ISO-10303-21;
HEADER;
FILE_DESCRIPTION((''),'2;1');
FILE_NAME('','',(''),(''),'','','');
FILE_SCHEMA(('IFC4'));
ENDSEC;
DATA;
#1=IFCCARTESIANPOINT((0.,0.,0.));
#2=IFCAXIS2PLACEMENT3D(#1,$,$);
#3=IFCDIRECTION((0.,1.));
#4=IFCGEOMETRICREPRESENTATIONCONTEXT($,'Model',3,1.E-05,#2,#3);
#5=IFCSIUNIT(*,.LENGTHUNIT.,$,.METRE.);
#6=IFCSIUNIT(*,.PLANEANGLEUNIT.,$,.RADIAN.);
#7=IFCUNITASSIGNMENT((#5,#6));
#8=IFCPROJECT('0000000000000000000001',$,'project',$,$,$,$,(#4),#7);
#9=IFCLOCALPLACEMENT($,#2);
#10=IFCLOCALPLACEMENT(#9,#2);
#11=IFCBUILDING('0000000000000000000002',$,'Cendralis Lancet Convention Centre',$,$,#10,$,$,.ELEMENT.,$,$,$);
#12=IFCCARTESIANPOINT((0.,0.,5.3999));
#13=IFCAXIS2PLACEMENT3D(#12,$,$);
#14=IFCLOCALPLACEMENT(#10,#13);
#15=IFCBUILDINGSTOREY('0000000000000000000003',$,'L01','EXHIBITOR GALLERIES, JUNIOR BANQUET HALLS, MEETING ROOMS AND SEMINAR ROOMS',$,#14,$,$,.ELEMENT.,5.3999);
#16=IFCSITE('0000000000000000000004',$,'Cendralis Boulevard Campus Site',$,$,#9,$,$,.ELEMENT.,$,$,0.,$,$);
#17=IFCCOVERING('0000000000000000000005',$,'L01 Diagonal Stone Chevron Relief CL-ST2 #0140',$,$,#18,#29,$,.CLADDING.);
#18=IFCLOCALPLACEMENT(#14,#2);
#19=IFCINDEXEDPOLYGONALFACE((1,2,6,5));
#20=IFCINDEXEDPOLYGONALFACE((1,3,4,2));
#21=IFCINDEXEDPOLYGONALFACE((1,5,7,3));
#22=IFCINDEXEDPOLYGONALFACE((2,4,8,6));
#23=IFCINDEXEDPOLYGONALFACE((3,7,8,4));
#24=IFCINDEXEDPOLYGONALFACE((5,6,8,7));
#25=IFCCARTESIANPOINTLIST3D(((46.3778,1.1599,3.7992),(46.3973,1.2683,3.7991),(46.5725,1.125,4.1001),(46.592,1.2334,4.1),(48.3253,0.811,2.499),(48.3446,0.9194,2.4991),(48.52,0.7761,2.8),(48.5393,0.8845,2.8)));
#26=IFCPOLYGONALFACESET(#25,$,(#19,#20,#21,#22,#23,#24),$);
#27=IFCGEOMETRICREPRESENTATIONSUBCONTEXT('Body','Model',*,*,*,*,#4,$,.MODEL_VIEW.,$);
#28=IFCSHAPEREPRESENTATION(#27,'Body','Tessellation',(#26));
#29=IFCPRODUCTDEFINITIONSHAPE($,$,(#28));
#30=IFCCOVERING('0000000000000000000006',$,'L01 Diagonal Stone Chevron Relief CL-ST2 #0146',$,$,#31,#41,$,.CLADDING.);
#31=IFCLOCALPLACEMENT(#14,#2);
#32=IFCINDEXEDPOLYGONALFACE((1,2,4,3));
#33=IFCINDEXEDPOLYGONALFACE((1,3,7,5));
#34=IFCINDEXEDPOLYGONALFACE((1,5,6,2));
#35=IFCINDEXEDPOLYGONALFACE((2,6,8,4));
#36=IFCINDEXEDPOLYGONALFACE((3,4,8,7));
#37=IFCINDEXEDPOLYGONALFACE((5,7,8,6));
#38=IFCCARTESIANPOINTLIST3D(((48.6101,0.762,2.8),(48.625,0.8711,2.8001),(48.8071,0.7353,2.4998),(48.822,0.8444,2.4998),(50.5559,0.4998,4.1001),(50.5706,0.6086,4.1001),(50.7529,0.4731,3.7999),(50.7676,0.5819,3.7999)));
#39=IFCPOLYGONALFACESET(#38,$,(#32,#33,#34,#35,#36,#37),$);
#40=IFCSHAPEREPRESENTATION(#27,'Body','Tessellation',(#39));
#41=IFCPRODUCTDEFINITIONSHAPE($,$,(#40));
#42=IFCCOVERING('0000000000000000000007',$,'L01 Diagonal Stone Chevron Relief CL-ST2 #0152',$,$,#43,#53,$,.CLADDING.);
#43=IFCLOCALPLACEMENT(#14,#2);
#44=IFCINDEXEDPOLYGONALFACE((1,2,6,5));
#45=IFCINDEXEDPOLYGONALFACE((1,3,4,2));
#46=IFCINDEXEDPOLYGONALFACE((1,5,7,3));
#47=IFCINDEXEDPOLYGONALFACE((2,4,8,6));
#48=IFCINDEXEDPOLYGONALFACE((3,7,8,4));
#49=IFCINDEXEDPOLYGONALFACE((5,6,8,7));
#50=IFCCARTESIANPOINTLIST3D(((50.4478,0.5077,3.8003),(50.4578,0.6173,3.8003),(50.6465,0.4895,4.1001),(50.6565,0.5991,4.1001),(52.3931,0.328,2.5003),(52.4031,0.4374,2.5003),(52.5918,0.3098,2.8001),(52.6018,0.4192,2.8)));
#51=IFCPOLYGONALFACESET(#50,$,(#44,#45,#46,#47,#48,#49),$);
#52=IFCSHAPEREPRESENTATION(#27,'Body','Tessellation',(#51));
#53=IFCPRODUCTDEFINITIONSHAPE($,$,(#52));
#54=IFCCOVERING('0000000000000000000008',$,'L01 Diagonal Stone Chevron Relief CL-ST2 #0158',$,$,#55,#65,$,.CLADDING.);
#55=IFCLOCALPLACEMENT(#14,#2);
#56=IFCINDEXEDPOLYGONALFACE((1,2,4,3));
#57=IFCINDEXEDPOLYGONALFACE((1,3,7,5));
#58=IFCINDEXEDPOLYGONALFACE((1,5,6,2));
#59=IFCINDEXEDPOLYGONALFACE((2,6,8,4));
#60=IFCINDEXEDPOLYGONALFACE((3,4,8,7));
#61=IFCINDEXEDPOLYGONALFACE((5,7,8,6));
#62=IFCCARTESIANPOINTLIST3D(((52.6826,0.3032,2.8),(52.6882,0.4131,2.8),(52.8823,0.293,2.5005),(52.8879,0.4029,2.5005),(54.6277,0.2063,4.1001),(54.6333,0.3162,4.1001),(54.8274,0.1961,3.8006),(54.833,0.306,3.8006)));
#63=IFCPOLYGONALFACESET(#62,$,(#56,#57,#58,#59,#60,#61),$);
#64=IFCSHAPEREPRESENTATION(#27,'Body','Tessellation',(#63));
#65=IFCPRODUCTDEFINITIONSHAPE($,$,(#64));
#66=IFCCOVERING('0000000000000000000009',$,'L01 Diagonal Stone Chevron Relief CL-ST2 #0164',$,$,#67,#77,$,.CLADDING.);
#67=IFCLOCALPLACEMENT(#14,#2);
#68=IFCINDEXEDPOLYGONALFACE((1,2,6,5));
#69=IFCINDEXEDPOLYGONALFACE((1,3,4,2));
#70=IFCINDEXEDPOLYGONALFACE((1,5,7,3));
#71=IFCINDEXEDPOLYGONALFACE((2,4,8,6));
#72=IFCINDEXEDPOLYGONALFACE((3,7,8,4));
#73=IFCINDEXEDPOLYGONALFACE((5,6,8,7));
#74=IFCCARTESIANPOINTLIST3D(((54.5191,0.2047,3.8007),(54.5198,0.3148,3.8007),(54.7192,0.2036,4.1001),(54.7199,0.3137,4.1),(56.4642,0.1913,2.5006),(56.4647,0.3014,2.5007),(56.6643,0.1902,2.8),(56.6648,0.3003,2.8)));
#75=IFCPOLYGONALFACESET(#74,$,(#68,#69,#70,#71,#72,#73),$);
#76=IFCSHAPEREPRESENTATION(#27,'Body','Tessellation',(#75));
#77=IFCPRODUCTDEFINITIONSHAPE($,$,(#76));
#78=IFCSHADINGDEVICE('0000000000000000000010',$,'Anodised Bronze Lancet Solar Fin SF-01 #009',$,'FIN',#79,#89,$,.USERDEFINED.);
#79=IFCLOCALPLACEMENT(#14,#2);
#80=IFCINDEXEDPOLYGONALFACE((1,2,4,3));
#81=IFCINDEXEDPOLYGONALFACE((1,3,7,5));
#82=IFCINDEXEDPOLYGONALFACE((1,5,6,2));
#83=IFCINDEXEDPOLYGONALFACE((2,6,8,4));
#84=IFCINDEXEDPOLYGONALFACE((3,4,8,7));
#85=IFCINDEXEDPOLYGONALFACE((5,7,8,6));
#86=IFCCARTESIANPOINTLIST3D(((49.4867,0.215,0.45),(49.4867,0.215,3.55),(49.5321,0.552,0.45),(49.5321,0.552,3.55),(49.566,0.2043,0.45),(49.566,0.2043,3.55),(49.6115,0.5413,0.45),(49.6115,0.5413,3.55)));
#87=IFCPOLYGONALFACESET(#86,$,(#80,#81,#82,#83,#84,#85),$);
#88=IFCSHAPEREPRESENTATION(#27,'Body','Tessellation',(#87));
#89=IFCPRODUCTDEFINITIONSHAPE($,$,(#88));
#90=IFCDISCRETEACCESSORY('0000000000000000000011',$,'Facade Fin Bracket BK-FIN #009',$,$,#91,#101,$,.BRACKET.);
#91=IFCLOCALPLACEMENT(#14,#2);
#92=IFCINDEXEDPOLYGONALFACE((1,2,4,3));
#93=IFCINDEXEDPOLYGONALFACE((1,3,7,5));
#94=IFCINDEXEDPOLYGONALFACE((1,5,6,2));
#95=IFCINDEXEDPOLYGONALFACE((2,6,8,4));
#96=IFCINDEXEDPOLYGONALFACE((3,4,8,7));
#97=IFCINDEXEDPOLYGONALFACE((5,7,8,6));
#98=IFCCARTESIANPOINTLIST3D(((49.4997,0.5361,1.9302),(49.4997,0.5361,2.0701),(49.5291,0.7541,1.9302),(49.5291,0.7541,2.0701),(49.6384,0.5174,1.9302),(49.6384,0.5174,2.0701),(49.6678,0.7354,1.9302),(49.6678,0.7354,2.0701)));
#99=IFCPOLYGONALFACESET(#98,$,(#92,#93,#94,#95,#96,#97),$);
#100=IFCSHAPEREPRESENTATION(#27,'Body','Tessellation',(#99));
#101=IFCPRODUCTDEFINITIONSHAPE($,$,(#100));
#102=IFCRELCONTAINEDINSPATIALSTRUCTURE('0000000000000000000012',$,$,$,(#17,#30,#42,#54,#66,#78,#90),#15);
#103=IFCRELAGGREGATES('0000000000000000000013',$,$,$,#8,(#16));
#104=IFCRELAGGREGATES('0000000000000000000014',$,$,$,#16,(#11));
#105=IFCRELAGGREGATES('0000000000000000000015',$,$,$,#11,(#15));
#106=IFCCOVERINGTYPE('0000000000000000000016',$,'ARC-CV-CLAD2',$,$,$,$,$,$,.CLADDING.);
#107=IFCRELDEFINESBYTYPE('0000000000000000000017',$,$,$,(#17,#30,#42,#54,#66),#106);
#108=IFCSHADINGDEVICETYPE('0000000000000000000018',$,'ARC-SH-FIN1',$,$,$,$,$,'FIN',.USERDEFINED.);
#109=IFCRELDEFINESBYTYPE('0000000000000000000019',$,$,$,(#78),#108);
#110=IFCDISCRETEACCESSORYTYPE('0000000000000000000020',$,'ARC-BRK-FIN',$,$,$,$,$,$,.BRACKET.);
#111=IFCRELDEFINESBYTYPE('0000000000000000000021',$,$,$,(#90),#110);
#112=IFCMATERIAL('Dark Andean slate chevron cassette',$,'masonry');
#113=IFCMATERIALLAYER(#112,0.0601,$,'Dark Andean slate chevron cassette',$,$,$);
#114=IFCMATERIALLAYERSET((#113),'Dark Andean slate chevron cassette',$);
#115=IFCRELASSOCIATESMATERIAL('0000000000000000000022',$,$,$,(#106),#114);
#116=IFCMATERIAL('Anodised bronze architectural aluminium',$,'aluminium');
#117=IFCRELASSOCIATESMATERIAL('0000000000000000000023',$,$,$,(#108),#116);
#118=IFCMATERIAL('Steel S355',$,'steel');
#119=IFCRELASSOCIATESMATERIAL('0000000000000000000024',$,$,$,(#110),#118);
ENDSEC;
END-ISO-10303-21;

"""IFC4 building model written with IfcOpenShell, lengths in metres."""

from ifc_helpers import new_model, si_unit, direction, frame, origin, origin_2d, place, context, subcontext, project, spatial, polyline, rectangle, outline, extrude, material, layer, layer_set, type_object, element, save


model = new_model("IFC4")

# Units and contexts
model_context = context("Model", 3, precision=1e-05, world=origin(), true_north=direction((0.0, 1.0)))
body_context = subcontext(model_context, "Body", "Model", "MODEL_VIEW")
ifc_project = project(units=[si_unit("LENGTHUNIT", "METRE"), si_unit("PLANEANGLEUNIT", "RADIAN")], contexts=[model_context])

# Site, building, storey
site_placement = place(None, origin())
site = spatial("IfcSite", under=ifc_project, at=site_placement, Name="Cendralis Boulevard Campus Site", CompositionType="ELEMENT", RefElevation=0.0)
building_placement = place(site_placement, origin())
building = spatial("IfcBuilding", under=site, at=building_placement, Name="Cendralis Lancet Convention Centre", CompositionType="ELEMENT")
storey_placement = place(building_placement, frame((0.0, 0.0, 5.3999)))
storey = spatial("IfcBuildingStorey", under=building, at=storey_placement, Name="L01", Description="EXHIBITOR GALLERIES, JUNIOR BANQUET HALLS, MEETING ROOMS AND SEMINAR ROOMS", CompositionType="ELEMENT", Elevation=5.3999)

# Shared definitions
ifc_material_1 = material(Name="Dark Andean slate chevron cassette", Category="masonry")

# Coverings
ifc_layer_1 = layer(ifc_material_1, 0.0601, Name="Dark Andean slate chevron cassette")
ifc_layer_set_1 = layer_set([ifc_layer_1], Name="Dark Andean slate chevron cassette")
covering_type_1 = type_object("IfcCoveringType", Name="ARC-CV-CLAD2", PredefinedType="CLADDING", material=ifc_layer_set_1)
covering_1_placement = place(storey_placement, frame((46.5725, 1.125, 4.1001), z_axis=(0.54057, -0.096791, 0.835713), x_axis=(0.822618, -0.147364, -0.549167)))
element("IfcCovering", 1, at=covering_1_placement, inside=storey, type_object=covering_type_1, Name="L01 Diagonal Stone Chevron Relief CL-ST2 #0140", PredefinedType="CLADDING", context=body_context, shape_type="SweptSolid", body=[
    extrude(outline(polyline([(0.0, 0.0), (2.3674, 0.0), (2.3673, 0.1101), (0.0001, 0.1101), (0.0, 0.0)])), origin(), (0.0, 0.0, -1.0), 0.3601),
])
covering_2_placement = place(storey_placement, frame((48.6101, 0.762, 2.8), z_axis=(-0.547109, 0.074132, 0.833772), x_axis=(0.826304, -0.111349, 0.552108)))
element("IfcCovering", 2, at=covering_2_placement, inside=storey, type_object=covering_type_1, Name="L01 Diagonal Stone Chevron Relief CL-ST2 #0146", PredefinedType="CLADDING", context=body_context, shape_type="SweptSolid", body=[
    extrude(outline(polyline([(0.0, 0.0), (2.3548, 0.0), (2.3548, 0.1099), (0.0002, 0.1101), (0.0, 0.0)])), origin(), (0.0, 0.0, -1.0), 0.3601),
])
covering_3_placement = place(storey_placement, frame((50.6465, 0.4895, 4.1001), z_axis=(0.551705, -0.050435, 0.832513), x_axis=(0.828984, -0.076573, -0.554005)))
element("IfcCovering", 3, at=covering_3_placement, inside=storey, type_object=covering_type_1, Name="L01 Diagonal Stone Chevron Relief CL-ST2 #0152", PredefinedType="CLADDING", context=body_context, shape_type="SweptSolid", body=[
    extrude(outline(polyline([(0.0, 0.0), (2.3466, 0.0), (2.3465, 0.1098), (-0.0001, 0.1101), (0.0, 0.0)])), origin(), (0.0, 0.0, -1.0), 0.3601),
])
covering_4_placement = place(storey_placement, frame((52.6826, 0.3032, 2.8), z_axis=(-0.554487, 0.02834, 0.831709), x_axis=(0.830679, -0.041393, 0.555211)))
element("IfcCovering", 4, at=covering_4_placement, inside=storey, type_object=covering_type_1, Name="L01 Diagonal Stone Chevron Relief CL-ST2 #0158", PredefinedType="CLADDING", context=body_context, shape_type="SweptSolid", body=[
    extrude(outline(polyline([(0.0, 0.0), (2.3415, 0.0), (2.3417, 0.11), (0.0001, 0.11), (0.0, 0.0)])), origin(), (0.0, 0.0, -1.0), 0.3601),
])
covering_5_placement = place(storey_placement, frame((54.7192, 0.2036, 4.1001), z_axis=(0.555694, -0.00308, 0.831381), x_axis=(0.831362, -0.005739, -0.555702)))
element("IfcCovering", 5, at=covering_5_placement, inside=storey, type_object=covering_type_1, Name="L01 Diagonal Stone Chevron Relief CL-ST2 #0164", PredefinedType="CLADDING", context=body_context, shape_type="SweptSolid", body=[
    extrude(outline(polyline([(0.0, 0.0), (2.3396, 0.0), (2.3393, 0.1101), (0.0, 0.1101), (0.0, 0.0)])), origin(), (0.0, 0.0, -1.0), 0.3601),
])

# Shading device
ifc_material_2 = material(Name="Anodised bronze architectural aluminium", Category="aluminium")
shading_device_type = type_object("IfcShadingDeviceType", Name="ARC-SH-FIN1", ElementType="FIN", PredefinedType="USERDEFINED", material=ifc_material_2)
shading_device_placement = place(storey_placement, frame((49.5491, 0.3782, 0.45), z_axis=(0.0, 0.0, 1.0), x_axis=(0.991035, -0.133606, 0.0)))
element("IfcShadingDevice", 6, at=shading_device_placement, inside=storey, type_object=shading_device_type, Name="Anodised Bronze Lancet Solar Fin SF-01 #009", ObjectType="FIN", PredefinedType="USERDEFINED", context=body_context, shape_type="SweptSolid", body=[
    extrude(rectangle(XDim=0.0801, YDim=0.3401, at=origin_2d()), origin(), (0.0, 0.0, 1.0), 3.1001),
])

# Discrete accessory
ifc_material_3 = material(Name="Steel S355", Category="steel")
discrete_accessory_type = type_object("IfcDiscreteAccessoryType", Name="ARC-BRK-FIN", PredefinedType="BRACKET", material=ifc_material_3)
discrete_accessory_placement = place(storey_placement, frame((49.5837, 0.6357, 1.9302), z_axis=(0.0, 0.0, 1.0), x_axis=(0.991035, -0.133606, 0.0)))
element("IfcDiscreteAccessory", 7, at=discrete_accessory_placement, inside=storey, type_object=discrete_accessory_type, Name="Facade Fin Bracket BK-FIN #009", PredefinedType="BRACKET", context=body_context, shape_type="SweptSolid", body=[
    extrude(rectangle(XDim=0.1399, YDim=0.22, at=origin_2d()), origin(), (0.0, 0.0, 1.0), 0.1399),
])

save(model, "model.ifc")
